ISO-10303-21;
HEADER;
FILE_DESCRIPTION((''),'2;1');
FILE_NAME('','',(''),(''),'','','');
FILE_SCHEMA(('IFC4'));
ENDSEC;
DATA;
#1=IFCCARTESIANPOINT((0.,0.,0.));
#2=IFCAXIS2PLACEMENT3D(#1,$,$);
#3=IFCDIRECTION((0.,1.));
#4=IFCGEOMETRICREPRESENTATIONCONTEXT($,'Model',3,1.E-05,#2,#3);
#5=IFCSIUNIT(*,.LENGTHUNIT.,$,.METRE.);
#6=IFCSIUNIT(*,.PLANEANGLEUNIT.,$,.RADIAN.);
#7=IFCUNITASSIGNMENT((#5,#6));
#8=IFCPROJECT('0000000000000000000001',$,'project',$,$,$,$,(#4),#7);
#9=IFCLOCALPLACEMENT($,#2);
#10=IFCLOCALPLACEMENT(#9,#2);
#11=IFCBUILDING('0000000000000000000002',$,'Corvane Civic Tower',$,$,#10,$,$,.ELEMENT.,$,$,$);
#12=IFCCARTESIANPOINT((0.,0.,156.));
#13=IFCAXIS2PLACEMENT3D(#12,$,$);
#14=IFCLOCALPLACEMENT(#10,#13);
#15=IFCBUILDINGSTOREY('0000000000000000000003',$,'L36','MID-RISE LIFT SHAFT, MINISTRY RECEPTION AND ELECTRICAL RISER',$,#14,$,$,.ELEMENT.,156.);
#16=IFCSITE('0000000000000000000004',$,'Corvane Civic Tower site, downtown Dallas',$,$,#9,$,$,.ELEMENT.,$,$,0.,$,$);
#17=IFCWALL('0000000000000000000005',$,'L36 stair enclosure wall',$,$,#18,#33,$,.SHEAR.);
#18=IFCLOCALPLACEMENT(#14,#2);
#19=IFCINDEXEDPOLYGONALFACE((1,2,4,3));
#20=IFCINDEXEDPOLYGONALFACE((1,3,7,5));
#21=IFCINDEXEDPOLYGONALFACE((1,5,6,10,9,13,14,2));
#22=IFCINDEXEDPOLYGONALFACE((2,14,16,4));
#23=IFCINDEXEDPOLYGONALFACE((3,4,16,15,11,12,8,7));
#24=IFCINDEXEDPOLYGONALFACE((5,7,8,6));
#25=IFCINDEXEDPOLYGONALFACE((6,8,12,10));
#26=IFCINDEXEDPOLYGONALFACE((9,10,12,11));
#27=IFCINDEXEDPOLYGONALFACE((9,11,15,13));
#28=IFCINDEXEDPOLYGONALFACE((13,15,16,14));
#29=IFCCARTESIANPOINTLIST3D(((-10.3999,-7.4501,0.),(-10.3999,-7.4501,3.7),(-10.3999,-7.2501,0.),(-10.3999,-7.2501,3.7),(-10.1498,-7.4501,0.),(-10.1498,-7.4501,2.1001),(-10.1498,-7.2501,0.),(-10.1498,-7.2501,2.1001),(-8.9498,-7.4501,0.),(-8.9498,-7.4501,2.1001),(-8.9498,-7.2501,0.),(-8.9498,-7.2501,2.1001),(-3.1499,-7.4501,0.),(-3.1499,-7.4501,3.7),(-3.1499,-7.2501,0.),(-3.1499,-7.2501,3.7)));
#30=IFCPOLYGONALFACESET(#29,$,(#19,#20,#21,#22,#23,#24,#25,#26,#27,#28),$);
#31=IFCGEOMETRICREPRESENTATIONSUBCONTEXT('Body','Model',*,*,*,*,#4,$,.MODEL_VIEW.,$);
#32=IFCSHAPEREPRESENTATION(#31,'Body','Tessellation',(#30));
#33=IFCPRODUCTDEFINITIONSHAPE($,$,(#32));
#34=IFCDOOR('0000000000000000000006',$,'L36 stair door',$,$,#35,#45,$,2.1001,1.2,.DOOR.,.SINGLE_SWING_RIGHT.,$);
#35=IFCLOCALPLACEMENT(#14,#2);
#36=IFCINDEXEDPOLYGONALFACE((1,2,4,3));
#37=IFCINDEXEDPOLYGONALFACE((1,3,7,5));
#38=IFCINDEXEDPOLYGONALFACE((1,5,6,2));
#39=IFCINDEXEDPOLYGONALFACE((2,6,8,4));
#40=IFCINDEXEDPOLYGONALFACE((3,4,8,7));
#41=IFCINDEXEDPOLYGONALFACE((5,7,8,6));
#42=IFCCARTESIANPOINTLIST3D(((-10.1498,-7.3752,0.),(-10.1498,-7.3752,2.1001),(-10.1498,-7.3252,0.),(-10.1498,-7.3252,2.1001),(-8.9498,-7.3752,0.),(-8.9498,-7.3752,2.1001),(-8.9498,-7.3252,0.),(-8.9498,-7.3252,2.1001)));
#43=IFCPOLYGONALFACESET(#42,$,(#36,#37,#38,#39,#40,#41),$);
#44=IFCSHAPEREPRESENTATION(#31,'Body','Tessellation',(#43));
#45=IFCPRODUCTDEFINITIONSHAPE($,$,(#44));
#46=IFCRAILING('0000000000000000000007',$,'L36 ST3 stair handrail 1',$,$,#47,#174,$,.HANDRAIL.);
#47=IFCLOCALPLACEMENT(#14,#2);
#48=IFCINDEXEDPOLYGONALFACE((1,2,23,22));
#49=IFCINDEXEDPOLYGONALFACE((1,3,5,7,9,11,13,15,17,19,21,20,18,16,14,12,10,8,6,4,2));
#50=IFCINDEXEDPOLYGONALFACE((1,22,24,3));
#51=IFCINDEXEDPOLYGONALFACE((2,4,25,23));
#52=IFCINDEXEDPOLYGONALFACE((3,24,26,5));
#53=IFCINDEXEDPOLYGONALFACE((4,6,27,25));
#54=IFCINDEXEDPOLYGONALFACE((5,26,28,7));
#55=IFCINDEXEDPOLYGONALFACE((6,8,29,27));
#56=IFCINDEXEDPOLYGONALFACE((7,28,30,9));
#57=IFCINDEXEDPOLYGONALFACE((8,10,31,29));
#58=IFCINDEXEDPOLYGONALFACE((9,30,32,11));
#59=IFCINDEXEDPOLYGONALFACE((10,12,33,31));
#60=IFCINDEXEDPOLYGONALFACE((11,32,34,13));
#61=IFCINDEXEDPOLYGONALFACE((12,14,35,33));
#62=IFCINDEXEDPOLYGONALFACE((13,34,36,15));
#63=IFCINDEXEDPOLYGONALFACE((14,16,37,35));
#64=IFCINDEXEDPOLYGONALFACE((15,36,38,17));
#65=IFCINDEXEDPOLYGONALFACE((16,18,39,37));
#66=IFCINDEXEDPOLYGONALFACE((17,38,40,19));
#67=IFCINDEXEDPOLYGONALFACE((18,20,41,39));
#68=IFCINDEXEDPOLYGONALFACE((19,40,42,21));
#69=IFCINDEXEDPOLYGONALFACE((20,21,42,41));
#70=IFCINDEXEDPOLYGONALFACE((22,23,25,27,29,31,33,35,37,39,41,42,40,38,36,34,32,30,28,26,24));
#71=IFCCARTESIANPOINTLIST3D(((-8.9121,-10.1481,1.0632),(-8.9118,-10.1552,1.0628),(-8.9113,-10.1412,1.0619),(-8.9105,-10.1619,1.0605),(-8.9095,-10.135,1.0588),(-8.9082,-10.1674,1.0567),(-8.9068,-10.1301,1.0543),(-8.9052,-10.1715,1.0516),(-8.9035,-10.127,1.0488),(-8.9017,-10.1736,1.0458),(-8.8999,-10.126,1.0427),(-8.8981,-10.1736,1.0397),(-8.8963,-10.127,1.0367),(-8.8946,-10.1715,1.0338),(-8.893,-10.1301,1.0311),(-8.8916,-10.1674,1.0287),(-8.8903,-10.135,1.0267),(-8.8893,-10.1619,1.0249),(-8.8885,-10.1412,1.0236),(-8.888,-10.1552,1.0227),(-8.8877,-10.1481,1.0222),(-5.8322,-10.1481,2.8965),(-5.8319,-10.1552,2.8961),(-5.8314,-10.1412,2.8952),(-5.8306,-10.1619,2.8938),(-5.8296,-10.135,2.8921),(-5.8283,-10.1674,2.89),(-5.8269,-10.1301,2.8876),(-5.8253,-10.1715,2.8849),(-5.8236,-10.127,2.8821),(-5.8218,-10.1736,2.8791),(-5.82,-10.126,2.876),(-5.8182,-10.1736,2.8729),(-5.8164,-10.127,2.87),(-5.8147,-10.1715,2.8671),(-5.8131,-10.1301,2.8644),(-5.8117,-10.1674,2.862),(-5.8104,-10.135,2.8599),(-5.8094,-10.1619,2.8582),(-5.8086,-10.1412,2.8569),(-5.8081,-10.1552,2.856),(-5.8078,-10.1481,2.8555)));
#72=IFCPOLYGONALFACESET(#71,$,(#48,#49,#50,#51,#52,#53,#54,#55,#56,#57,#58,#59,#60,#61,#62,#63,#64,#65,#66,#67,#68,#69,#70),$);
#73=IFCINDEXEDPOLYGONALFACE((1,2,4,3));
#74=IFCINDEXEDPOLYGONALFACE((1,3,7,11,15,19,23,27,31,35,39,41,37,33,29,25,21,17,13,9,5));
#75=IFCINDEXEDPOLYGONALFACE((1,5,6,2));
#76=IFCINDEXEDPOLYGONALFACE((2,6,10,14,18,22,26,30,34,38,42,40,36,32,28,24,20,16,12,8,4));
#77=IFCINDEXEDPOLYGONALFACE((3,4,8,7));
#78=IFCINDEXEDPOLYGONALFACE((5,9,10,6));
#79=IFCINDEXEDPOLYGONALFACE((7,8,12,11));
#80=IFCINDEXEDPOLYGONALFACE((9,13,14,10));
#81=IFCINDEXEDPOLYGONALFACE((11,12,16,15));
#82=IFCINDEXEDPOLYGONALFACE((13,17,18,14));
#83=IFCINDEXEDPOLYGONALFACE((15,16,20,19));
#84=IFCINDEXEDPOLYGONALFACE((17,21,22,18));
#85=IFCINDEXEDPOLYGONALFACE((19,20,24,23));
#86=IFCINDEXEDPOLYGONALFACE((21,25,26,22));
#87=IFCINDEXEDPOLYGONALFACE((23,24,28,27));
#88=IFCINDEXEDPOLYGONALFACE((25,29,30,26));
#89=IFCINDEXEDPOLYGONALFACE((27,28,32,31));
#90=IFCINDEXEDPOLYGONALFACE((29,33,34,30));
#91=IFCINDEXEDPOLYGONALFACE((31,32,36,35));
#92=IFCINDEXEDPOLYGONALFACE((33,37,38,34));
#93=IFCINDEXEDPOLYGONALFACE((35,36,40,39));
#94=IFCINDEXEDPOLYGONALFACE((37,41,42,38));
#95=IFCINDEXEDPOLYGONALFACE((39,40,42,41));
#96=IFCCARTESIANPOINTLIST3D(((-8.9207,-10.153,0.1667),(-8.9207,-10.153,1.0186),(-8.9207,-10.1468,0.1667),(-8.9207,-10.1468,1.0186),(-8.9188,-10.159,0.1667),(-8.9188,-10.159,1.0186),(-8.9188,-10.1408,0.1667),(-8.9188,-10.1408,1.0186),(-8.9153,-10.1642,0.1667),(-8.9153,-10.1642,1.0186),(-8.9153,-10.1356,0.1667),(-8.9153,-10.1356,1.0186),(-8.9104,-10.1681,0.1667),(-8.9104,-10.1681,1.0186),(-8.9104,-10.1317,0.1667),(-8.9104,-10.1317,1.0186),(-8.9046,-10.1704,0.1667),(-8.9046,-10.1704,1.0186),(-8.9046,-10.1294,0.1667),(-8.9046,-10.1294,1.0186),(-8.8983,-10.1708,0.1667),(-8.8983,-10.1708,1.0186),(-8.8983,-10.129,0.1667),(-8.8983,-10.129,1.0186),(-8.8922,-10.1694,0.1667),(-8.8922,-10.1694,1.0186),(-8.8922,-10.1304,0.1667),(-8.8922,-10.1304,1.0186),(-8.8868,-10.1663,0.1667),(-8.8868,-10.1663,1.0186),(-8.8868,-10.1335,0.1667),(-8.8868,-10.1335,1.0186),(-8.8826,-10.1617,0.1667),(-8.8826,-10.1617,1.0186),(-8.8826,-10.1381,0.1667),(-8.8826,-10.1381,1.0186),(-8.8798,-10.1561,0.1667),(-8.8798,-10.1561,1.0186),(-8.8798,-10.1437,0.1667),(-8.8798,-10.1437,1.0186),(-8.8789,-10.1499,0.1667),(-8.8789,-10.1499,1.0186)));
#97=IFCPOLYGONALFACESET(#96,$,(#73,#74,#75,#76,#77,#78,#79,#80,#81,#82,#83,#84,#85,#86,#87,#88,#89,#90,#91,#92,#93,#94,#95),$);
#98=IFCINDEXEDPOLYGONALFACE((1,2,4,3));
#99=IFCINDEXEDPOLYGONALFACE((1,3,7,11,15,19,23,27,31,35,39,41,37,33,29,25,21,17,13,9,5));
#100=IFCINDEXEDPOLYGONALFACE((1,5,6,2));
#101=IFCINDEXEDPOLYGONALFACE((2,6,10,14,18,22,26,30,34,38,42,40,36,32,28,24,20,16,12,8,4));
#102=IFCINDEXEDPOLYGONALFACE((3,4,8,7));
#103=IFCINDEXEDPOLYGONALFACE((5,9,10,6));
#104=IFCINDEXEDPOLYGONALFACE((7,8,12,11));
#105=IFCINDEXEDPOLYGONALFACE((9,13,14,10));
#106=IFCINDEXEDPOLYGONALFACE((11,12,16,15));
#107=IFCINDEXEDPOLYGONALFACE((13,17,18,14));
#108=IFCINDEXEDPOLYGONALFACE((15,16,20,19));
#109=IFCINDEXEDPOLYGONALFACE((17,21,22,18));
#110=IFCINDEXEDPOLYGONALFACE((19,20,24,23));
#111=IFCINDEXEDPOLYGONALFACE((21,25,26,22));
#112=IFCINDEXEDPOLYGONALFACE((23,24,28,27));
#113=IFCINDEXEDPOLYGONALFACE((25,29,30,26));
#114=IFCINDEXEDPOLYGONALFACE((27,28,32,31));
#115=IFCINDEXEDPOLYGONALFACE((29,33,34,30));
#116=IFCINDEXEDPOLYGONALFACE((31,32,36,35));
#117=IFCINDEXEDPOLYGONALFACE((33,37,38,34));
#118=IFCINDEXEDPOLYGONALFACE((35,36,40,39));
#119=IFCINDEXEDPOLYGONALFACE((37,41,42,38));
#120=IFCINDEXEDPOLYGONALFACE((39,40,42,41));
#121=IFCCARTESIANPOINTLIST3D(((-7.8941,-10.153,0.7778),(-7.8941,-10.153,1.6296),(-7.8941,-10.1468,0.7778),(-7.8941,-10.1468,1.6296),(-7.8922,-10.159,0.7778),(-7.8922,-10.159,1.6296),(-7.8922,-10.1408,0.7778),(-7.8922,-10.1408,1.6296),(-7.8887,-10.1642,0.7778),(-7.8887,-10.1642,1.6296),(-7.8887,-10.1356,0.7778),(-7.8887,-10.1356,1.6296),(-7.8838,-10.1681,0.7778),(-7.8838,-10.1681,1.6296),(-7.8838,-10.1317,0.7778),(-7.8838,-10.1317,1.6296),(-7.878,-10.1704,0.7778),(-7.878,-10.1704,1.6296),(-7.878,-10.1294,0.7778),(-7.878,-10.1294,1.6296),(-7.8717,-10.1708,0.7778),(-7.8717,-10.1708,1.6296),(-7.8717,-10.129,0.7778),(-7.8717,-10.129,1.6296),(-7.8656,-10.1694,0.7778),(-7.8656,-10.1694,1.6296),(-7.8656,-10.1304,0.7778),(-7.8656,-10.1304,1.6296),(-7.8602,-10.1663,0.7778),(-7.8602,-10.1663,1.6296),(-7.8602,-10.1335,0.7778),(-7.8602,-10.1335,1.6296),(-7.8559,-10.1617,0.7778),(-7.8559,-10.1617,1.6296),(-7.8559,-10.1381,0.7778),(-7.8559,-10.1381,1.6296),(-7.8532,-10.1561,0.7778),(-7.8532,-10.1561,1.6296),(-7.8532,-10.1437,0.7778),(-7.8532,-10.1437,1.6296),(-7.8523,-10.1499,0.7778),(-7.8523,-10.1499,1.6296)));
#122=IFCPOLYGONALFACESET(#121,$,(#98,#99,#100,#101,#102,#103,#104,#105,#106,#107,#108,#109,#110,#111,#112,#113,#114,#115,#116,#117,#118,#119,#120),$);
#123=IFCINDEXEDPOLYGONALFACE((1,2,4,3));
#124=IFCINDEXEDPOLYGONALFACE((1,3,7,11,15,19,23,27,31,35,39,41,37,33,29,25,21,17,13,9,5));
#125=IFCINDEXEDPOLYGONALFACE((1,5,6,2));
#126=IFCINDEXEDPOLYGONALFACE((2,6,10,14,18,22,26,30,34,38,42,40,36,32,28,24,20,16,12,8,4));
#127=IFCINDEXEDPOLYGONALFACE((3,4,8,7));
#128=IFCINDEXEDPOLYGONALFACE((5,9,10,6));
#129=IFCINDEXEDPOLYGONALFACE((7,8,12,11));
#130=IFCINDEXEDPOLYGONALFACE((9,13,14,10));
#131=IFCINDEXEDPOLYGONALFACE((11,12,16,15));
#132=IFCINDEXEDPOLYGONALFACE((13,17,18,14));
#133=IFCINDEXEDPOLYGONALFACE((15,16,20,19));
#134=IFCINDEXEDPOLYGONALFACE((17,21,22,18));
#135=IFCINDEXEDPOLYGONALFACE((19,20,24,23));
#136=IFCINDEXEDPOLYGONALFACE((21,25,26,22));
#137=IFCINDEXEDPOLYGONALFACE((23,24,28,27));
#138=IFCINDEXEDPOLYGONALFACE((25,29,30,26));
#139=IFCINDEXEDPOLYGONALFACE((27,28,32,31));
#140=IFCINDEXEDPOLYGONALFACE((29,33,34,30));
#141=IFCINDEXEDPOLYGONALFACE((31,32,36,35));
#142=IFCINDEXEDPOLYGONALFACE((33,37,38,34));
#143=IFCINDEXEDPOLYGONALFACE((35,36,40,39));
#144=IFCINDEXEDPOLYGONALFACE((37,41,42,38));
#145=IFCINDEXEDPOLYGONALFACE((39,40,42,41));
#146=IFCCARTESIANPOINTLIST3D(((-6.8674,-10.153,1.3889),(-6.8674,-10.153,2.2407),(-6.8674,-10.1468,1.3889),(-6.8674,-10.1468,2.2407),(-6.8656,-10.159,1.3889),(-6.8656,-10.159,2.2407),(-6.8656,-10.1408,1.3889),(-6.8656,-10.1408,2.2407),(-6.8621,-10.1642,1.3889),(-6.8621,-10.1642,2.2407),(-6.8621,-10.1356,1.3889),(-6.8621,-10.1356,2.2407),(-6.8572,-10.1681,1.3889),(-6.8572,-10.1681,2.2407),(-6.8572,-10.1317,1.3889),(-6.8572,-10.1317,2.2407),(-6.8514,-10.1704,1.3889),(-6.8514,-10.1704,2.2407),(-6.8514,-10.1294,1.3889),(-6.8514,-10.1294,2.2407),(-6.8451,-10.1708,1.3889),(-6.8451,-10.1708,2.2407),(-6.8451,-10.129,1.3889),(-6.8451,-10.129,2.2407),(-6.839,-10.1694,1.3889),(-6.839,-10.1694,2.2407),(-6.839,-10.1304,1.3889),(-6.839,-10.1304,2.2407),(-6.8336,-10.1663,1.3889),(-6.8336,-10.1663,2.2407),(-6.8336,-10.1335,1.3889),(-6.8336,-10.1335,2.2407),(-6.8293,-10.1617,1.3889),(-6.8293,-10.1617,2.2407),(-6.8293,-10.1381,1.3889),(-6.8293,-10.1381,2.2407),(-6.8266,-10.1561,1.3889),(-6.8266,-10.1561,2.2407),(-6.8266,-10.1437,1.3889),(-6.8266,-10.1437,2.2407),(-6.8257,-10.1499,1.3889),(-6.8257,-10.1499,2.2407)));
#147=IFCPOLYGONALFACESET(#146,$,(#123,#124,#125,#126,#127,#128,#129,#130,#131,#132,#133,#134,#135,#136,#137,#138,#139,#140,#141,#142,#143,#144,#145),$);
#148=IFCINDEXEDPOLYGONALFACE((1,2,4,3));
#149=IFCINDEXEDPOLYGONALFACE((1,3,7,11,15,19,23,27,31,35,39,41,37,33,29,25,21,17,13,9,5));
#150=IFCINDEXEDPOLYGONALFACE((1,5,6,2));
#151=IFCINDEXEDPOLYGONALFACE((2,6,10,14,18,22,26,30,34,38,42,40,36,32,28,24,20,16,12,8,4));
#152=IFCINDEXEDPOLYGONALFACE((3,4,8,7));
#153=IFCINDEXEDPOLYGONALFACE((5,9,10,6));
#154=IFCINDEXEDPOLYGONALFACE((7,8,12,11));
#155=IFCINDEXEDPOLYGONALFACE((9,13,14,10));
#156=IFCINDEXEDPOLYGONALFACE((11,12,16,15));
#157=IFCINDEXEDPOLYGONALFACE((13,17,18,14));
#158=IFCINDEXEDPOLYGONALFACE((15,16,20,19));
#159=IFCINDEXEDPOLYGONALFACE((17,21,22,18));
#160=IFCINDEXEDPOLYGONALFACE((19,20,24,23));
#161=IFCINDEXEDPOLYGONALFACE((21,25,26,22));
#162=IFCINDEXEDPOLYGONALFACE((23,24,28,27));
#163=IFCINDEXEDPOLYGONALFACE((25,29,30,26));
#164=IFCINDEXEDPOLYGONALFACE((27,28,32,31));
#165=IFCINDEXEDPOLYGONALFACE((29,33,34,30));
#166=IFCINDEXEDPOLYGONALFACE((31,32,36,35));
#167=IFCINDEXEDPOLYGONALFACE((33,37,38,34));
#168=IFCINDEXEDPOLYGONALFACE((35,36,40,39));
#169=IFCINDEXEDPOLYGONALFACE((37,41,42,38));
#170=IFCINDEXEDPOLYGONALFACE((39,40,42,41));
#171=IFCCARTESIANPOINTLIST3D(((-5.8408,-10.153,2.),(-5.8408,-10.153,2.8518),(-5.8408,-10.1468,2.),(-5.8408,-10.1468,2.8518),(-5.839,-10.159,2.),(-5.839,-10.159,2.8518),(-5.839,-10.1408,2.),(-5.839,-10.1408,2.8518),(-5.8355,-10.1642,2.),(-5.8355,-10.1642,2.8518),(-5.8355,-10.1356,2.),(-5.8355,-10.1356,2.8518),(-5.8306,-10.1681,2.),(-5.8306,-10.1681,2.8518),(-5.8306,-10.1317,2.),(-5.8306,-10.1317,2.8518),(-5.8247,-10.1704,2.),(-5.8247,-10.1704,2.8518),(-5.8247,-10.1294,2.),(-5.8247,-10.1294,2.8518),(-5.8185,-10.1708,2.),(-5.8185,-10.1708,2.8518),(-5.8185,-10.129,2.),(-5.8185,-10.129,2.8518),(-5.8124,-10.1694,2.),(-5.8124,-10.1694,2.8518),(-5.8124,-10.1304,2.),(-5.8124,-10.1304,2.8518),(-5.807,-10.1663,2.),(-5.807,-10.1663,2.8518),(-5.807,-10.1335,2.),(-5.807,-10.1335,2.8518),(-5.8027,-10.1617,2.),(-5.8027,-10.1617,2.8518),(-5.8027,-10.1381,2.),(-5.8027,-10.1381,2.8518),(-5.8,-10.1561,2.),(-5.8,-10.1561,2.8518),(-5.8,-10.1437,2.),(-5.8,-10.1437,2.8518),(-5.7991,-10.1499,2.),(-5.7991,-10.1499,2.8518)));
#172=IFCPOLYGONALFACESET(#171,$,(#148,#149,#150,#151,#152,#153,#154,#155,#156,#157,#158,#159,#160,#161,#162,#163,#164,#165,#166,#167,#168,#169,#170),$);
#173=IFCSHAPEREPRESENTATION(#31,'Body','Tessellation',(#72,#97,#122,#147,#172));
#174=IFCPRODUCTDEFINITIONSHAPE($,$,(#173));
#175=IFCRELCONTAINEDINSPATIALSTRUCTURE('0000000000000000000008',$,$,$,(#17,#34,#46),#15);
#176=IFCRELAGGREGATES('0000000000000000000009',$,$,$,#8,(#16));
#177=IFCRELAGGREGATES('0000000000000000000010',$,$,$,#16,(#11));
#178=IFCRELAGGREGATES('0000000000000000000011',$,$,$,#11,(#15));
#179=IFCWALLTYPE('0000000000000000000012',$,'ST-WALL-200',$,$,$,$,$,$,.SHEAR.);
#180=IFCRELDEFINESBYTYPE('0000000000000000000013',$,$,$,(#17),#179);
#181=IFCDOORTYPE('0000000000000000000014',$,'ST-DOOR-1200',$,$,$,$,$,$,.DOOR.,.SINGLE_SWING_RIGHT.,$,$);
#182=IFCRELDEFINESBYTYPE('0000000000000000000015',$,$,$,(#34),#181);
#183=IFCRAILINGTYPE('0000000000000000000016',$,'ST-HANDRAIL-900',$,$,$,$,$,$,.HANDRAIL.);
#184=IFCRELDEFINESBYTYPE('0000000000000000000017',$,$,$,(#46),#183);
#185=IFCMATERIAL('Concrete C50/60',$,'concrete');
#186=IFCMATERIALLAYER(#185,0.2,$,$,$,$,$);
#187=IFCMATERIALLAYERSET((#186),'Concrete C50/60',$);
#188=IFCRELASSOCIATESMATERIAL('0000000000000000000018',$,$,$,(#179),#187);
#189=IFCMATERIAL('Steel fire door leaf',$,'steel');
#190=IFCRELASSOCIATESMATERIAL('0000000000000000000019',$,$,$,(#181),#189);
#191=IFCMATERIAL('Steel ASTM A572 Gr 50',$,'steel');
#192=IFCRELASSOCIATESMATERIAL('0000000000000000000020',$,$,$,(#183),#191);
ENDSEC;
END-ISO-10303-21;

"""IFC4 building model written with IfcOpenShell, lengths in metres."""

from ifc_helpers import new_model, si_unit, direction, frame, frame_2d, origin, origin_2d, place, context, subcontext, project, spatial, rectangle, circle, extrude, material, layer, layer_set, type_object, element, fill, save


model = new_model("IFC4")

# Units and contexts
model_context = context("Model", 3, precision=1e-05, world=origin(), true_north=direction((0.0, 1.0)))
body_context = subcontext(model_context, "Body", "Model", "MODEL_VIEW")
ifc_project = project(units=[si_unit("LENGTHUNIT", "METRE"), si_unit("PLANEANGLEUNIT", "RADIAN")], contexts=[model_context])

# Site, building, storey
site_placement = place(None, origin())
site = spatial("IfcSite", under=ifc_project, at=site_placement, Name="Corvane Civic Tower site, downtown Dallas", CompositionType="ELEMENT", RefElevation=0.0)
building_placement = place(site_placement, origin())
building = spatial("IfcBuilding", under=site, at=building_placement, Name="Corvane Civic Tower", CompositionType="ELEMENT")
storey_placement = place(building_placement, frame((0.0, 0.0, 156.0)))
storey = spatial("IfcBuildingStorey", under=building, at=storey_placement, Name="L36", Description="MID-RISE LIFT SHAFT, MINISTRY RECEPTION AND ELECTRICAL RISER", CompositionType="ELEMENT", Elevation=156.0)

# Wall, opening, door
ifc_material_1 = material(Name="Concrete C50/60", Category="concrete")
ifc_layer_1 = layer(ifc_material_1, 0.2)
ifc_layer_set_1 = layer_set([ifc_layer_1], Name="Concrete C50/60")
wall_type_1 = type_object("IfcWallType", Name="ST-WALL-200", PredefinedType="SHEAR", material=ifc_layer_set_1)
wall_1_placement = place(storey_placement, frame((-10.3999, -7.3501, 0.0), z_axis=(0.0, 0.0, 1.0), x_axis=(1.0, 0.0, 0.0)))
wall_1 = element("IfcWall", 1, at=wall_1_placement, inside=storey, type_object=wall_type_1, Name="L36 stair enclosure wall", PredefinedType="SHEAR", context=body_context, shape_type="SweptSolid", body=[
    extrude(rectangle(XDim=7.25, YDim=0.2, at=frame_2d((3.625, 0.0))), origin(), (0.0, 0.0, 1.0), 3.7),
])
opening_1_placement = place(wall_1_placement, frame((0.25, 0.0, 0.0)))
opening_1 = element("IfcOpeningElement", 2, at=opening_1_placement, cuts=wall_1, PredefinedType="OPENING", context=body_context, shape_type="SweptSolid", body=[
    extrude(rectangle(XDim=1.2, YDim=2.1001, at=frame_2d((0.6001, 1.05))), frame((0.0, 0.1099, 0.0), z_axis=(0.0, -1.0, 0.0), x_axis=(1.0, 0.0, 0.0)), (0.0, 0.0, 1.0), 0.22),
])
ifc_material_2 = material(Name="Steel fire door leaf", Category="steel")
door_type_1 = type_object("IfcDoorType", Name="ST-DOOR-1200", OperationType="SINGLE_SWING_RIGHT", PredefinedType="DOOR", material=ifc_material_2)
door_1_placement = place(opening_1_placement, origin())
door_1 = element("IfcDoor", 3, at=door_1_placement, inside=storey, type_object=door_type_1, Name="L36 stair door", OperationType="SINGLE_SWING_RIGHT", OverallHeight=2.1001, OverallWidth=1.2, PredefinedType="DOOR", context=body_context, shape_type="SweptSolid", body=[
    extrude(rectangle(XDim=1.2, YDim=2.1001, at=frame_2d((0.6001, 1.05))), frame((0.0, 0.0249, 0.0), z_axis=(0.0, -1.0, 0.0), x_axis=(1.0, 0.0, 0.0)), (0.0, 0.0, 1.0), 0.05),
])
fill(opening_1, door_1)

# Railing
ifc_material_3 = material(Name="Steel ASTM A572 Gr 50", Category="steel")
railing_type_1 = type_object("IfcRailingType", Name="ST-HANDRAIL-900", PredefinedType="HANDRAIL", material=ifc_material_3)
railing_1_placement = place(storey_placement, frame((-8.8999, -10.1499, 0.1667)))
element("IfcRailing", 4, at=railing_1_placement, inside=storey, type_object=railing_type_1, Name="L36 ST3 stair handrail 1", PredefinedType="HANDRAIL", context=body_context, shape_type="SweptSolid", body=[
    extrude(circle(Radius=0.0239, at=origin_2d()), frame((0.0, 0.0, 0.876), z_axis=(0.859291, 0.0, 0.511487), x_axis=(0.0, 1.0, 0.0)), (0.0, 0.0, 1.0), 3.5842),
    extrude(circle(Radius=0.021, at=origin_2d()), origin(), (0.0, 0.0, 1.0), 0.8518),
    extrude(circle(Radius=0.021, at=origin_2d()), frame((1.0266, 0.0, 0.6111)), (0.0, 0.0, 1.0), 0.8518),
    extrude(circle(Radius=0.021, at=origin_2d()), frame((2.0532, 0.0, 1.2222)), (0.0, 0.0, 1.0), 0.8518),
    extrude(circle(Radius=0.021, at=origin_2d()), frame((3.0798, 0.0, 1.8333)), (0.0, 0.0, 1.0), 0.8518),
])

save(model, "model.ifc")
